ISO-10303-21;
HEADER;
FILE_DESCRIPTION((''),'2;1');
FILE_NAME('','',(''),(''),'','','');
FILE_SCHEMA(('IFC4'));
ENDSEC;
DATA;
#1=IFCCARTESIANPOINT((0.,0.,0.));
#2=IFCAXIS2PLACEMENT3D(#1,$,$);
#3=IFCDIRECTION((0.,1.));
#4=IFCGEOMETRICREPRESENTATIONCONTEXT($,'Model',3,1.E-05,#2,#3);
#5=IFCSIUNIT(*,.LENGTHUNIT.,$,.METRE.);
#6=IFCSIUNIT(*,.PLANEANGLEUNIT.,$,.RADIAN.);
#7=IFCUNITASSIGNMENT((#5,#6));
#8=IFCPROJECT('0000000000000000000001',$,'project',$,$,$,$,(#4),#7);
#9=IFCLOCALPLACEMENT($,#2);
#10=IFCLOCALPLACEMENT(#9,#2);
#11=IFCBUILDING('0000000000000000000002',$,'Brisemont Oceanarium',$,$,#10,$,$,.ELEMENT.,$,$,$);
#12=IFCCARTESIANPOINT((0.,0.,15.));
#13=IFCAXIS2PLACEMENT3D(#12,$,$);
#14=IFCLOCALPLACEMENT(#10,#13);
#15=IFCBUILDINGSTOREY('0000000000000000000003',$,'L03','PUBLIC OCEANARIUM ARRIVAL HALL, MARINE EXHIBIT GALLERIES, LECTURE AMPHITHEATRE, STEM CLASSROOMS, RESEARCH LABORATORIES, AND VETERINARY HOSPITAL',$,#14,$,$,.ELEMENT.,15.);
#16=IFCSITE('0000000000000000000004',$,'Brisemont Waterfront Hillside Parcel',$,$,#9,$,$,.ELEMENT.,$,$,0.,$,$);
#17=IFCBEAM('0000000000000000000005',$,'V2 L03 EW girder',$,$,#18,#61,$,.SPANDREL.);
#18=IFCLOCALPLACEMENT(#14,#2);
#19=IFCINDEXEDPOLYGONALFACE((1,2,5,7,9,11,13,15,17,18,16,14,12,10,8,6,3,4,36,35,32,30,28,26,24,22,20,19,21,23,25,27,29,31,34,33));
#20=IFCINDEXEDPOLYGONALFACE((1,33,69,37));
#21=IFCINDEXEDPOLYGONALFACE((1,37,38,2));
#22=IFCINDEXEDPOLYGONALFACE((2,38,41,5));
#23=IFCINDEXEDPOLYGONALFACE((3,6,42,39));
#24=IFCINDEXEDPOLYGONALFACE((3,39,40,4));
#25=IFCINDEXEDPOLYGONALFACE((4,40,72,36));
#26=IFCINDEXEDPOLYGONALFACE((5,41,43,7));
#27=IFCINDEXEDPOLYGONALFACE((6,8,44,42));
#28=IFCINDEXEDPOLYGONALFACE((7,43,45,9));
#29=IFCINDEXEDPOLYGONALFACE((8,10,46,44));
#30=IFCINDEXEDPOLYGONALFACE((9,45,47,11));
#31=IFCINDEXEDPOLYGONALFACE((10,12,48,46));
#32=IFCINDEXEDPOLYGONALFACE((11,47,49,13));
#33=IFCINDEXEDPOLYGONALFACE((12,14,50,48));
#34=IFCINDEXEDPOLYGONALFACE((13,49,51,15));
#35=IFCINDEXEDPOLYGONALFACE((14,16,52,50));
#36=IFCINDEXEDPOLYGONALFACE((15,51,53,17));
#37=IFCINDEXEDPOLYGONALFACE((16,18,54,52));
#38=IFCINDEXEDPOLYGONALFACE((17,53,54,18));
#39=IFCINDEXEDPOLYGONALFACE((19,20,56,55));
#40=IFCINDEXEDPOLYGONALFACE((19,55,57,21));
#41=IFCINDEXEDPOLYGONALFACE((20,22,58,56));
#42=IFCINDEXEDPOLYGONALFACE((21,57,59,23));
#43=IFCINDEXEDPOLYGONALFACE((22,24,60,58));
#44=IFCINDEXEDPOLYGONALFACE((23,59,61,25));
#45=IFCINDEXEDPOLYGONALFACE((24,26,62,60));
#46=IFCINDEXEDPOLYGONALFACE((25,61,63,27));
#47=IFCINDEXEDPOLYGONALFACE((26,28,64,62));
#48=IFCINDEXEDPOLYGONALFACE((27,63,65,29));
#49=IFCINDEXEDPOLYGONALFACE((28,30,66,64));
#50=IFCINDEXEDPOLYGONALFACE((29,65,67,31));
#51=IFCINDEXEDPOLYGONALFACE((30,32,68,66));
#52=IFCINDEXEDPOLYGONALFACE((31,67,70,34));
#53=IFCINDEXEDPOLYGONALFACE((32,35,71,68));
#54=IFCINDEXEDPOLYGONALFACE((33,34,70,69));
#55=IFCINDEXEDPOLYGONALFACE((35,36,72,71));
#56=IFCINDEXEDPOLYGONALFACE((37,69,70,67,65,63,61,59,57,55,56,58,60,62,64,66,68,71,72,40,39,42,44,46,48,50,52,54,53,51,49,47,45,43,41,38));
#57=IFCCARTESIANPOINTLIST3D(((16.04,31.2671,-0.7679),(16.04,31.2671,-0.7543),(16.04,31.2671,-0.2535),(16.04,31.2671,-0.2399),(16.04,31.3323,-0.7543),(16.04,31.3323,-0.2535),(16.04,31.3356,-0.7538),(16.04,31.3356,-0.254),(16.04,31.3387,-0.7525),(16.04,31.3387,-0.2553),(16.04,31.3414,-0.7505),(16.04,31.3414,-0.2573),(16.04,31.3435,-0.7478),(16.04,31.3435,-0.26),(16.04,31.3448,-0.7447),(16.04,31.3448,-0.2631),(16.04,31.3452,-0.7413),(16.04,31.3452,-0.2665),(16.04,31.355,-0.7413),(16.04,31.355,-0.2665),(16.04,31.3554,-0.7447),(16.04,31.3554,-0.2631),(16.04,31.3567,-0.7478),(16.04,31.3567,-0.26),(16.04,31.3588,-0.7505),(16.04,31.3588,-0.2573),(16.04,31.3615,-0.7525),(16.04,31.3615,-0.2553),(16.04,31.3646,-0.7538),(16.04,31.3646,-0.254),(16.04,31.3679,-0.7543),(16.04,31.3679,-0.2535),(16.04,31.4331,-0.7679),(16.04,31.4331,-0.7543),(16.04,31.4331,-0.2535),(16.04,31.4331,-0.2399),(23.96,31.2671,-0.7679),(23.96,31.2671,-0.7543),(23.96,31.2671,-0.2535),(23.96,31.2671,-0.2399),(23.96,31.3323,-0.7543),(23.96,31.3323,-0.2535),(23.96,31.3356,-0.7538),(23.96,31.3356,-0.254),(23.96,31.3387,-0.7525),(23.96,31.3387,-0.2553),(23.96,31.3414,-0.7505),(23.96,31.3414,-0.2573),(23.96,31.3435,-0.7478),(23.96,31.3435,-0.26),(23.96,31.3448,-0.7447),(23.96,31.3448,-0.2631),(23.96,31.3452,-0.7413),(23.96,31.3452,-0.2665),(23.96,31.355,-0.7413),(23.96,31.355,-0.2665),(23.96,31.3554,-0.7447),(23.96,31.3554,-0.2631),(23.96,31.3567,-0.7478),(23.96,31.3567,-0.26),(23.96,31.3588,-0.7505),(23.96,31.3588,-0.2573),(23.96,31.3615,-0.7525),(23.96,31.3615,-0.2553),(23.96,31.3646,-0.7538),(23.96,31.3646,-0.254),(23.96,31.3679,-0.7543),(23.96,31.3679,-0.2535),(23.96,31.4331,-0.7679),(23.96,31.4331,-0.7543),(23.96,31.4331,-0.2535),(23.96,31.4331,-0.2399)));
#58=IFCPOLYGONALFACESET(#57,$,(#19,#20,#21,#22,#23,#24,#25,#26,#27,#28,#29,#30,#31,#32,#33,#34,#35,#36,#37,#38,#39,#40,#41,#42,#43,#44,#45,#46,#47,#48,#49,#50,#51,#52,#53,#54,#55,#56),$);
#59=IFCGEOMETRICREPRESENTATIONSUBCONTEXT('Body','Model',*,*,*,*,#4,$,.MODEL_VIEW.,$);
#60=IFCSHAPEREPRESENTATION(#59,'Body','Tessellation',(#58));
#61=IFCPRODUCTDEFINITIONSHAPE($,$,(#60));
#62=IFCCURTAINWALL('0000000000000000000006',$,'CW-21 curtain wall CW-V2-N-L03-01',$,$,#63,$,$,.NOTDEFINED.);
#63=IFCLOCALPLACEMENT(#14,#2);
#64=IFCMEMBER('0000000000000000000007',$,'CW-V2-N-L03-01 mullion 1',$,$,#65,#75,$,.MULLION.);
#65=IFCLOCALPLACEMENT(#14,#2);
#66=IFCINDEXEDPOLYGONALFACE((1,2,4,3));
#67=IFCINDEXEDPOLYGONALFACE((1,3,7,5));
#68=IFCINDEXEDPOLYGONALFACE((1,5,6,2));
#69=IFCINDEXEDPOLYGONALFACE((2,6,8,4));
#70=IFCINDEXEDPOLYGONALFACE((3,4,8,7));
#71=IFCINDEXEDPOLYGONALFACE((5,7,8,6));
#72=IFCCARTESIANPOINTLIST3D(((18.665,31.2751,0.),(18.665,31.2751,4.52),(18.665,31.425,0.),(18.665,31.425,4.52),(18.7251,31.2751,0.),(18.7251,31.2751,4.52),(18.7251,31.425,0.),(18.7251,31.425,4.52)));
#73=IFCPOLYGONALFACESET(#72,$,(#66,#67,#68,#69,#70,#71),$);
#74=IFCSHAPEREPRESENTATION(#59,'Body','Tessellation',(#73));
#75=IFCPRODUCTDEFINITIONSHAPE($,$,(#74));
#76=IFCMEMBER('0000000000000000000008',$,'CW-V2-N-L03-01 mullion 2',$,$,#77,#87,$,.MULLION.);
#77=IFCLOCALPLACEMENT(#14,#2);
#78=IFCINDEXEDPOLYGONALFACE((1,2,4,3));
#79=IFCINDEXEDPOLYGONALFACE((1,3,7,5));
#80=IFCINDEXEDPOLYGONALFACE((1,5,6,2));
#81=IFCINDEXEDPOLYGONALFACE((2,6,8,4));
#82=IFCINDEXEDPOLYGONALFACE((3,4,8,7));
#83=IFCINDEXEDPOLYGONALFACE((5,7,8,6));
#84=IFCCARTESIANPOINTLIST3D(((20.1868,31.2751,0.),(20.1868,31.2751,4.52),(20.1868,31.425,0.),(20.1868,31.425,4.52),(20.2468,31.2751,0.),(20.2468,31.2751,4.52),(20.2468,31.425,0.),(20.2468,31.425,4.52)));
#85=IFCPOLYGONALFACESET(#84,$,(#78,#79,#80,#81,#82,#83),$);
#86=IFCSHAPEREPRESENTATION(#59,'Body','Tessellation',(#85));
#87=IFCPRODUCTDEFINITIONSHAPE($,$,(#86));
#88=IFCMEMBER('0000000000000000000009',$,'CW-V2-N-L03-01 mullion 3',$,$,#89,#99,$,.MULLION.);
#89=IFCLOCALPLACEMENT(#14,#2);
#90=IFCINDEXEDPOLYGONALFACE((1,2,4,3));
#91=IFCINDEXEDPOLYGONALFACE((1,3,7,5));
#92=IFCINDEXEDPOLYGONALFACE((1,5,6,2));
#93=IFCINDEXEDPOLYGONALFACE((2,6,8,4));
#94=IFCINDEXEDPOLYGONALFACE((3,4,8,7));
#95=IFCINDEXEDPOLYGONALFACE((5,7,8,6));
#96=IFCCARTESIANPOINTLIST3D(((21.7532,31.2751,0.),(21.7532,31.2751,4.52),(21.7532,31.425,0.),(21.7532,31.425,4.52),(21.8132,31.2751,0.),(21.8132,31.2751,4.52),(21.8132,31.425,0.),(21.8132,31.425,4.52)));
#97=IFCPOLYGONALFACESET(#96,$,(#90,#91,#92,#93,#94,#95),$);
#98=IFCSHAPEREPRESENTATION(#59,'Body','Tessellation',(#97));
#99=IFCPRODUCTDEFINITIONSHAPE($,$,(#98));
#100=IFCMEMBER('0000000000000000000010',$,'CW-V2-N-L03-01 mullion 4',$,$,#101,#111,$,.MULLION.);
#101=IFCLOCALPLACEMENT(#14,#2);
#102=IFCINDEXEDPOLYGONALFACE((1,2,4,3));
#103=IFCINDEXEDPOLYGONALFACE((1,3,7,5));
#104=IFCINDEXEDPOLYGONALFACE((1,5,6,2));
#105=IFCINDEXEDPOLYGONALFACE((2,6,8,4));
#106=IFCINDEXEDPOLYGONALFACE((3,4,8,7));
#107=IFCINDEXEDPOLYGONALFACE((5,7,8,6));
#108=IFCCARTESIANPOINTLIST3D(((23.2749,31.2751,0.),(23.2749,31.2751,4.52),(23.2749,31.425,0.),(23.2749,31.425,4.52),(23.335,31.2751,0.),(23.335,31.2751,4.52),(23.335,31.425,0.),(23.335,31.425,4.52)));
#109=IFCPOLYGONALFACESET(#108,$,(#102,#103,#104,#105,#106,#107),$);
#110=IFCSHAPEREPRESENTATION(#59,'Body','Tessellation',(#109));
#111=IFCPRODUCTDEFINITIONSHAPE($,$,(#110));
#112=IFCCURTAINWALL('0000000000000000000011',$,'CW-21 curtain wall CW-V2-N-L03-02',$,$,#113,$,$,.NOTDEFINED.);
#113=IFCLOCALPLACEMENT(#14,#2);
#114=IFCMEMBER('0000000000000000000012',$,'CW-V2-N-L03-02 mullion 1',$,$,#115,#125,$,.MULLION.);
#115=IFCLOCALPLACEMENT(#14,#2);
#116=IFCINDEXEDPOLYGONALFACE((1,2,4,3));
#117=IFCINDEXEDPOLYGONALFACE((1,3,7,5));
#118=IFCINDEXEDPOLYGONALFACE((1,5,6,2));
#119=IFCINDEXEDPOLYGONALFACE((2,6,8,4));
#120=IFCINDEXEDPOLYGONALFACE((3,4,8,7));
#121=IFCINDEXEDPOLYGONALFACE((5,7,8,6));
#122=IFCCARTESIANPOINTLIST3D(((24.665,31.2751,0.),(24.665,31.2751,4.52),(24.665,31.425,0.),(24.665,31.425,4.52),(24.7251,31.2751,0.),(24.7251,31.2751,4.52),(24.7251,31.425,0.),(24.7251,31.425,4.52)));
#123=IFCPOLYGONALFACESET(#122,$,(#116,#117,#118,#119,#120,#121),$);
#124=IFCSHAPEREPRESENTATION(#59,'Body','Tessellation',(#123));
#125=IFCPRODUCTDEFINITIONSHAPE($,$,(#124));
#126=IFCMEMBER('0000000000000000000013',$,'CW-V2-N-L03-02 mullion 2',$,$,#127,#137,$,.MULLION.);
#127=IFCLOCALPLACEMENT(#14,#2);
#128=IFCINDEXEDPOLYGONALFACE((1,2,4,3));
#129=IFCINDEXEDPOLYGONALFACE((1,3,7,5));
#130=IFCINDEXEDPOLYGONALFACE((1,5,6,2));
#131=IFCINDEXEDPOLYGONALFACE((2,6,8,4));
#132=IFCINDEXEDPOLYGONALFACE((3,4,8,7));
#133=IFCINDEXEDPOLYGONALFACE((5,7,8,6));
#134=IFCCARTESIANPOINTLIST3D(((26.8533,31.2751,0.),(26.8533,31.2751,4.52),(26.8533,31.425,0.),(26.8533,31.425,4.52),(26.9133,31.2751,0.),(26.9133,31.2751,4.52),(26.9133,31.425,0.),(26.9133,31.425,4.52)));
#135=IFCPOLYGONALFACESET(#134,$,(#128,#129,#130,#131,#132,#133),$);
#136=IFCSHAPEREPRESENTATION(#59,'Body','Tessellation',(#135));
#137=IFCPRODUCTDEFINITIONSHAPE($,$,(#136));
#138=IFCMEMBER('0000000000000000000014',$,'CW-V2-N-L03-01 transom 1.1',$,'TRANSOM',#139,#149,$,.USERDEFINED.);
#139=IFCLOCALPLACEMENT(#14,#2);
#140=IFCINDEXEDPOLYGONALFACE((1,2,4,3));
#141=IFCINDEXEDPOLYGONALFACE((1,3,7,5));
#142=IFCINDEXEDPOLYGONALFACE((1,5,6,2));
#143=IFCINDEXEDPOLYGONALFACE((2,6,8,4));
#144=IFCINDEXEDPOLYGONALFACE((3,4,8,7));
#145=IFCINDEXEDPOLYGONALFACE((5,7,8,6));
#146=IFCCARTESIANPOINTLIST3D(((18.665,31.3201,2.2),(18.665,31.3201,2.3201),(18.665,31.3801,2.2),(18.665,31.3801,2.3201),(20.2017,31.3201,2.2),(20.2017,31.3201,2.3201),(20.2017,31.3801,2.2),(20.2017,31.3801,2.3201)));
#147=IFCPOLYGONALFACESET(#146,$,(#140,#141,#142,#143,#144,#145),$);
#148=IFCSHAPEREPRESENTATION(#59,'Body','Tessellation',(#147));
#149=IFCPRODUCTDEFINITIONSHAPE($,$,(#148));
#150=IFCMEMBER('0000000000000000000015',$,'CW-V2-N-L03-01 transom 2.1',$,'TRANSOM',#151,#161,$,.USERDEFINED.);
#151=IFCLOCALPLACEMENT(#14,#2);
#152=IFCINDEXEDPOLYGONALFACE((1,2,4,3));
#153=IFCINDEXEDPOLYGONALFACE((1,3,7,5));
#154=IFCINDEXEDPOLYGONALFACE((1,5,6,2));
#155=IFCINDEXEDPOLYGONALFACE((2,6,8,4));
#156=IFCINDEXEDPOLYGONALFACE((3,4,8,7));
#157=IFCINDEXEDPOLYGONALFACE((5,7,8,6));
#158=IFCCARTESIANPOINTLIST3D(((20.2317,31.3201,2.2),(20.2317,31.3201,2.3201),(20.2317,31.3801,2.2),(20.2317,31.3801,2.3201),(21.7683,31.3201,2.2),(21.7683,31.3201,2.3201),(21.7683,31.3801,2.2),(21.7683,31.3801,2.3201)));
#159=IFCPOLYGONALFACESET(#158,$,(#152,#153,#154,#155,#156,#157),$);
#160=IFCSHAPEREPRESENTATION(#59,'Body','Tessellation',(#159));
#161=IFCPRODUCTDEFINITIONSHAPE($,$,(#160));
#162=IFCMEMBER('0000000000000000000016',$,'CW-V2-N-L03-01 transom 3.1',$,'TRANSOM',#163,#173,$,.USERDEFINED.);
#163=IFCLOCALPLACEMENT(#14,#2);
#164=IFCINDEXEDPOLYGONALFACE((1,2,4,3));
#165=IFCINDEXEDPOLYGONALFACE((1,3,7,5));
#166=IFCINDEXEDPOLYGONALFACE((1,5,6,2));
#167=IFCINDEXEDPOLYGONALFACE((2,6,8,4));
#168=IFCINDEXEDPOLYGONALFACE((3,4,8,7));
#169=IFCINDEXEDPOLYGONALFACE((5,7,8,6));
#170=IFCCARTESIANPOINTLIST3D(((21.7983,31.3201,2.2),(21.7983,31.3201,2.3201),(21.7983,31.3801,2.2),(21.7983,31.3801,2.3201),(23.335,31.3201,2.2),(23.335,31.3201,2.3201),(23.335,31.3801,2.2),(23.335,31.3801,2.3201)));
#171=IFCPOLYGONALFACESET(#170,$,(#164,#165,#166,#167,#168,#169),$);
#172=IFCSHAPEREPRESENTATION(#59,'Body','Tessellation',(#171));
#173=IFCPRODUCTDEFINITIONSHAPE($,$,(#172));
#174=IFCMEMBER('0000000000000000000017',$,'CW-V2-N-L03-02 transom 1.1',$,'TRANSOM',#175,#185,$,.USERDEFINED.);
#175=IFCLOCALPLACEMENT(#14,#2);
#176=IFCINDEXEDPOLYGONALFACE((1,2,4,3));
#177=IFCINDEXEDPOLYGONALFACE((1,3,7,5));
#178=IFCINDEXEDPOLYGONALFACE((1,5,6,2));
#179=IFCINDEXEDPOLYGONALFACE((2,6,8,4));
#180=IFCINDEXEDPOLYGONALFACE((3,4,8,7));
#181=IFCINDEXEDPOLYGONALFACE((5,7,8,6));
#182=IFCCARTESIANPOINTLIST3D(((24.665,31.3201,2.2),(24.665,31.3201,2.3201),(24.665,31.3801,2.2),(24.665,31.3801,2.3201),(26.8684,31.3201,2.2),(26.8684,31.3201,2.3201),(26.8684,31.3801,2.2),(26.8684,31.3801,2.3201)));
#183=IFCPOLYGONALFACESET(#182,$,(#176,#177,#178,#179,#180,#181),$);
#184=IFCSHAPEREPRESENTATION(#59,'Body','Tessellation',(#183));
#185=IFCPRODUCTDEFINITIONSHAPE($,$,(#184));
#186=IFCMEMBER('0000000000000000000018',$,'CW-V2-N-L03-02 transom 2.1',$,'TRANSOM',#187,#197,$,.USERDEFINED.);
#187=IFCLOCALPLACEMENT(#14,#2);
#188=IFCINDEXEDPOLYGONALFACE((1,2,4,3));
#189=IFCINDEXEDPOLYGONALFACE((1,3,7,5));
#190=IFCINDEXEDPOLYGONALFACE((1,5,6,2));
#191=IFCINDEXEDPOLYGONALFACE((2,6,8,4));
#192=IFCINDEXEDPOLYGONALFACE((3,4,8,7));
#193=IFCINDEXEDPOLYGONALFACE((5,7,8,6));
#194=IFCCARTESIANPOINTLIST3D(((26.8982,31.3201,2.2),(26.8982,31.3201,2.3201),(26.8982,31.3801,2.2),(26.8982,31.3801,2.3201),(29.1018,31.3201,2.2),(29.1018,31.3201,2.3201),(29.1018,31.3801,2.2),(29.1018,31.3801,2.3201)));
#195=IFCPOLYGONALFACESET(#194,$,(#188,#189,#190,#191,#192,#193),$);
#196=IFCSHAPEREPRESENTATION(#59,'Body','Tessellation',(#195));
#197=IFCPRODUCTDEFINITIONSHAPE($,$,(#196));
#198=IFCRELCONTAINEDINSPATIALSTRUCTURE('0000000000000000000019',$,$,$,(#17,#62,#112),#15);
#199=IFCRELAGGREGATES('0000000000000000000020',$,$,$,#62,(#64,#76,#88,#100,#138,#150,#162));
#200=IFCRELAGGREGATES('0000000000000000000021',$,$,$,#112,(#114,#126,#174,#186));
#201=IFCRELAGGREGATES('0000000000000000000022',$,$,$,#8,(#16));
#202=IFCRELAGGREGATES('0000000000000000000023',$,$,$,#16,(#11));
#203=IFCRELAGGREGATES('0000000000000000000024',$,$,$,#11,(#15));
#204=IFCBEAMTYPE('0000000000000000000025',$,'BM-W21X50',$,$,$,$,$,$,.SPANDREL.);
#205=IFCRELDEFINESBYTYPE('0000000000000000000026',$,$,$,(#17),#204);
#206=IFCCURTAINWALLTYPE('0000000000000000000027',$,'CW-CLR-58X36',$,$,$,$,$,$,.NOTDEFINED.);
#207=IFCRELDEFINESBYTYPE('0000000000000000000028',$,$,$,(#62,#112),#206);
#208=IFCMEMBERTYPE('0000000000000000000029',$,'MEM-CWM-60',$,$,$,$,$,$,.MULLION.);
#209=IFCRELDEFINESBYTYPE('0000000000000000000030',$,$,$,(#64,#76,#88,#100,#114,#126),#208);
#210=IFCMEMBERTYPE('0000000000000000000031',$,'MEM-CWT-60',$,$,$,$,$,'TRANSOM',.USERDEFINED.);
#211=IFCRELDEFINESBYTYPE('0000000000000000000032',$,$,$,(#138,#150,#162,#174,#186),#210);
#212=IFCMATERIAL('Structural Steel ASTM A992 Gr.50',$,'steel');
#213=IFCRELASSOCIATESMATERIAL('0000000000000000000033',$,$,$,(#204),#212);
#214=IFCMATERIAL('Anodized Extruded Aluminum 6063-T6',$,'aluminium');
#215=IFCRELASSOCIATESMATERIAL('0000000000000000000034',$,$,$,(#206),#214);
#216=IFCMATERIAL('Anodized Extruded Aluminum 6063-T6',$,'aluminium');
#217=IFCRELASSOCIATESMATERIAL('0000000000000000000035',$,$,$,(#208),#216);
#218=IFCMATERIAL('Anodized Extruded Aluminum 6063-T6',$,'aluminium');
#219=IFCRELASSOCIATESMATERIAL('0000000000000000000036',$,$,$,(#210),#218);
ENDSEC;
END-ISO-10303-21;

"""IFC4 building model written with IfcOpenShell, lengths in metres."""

from ifc_helpers import new_model, si_unit, direction, frame, origin, origin_2d, place, context, subcontext, project, spatial, rectangle, i_section, extrude, material, material_profile, profile_set, type_object, element, aggregate, save


model = new_model("IFC4")

# Units and contexts
model_context = context("Model", 3, precision=1e-05, world=origin(), true_north=direction((0.0, 1.0)))
body_context = subcontext(model_context, "Body", "Model", "MODEL_VIEW")
ifc_project = project(units=[si_unit("LENGTHUNIT", "METRE"), si_unit("PLANEANGLEUNIT", "RADIAN")], contexts=[model_context])

# Site, building, storey
site_placement = place(None, origin())
site = spatial("IfcSite", under=ifc_project, at=site_placement, Name="Brisemont Waterfront Hillside Parcel", CompositionType="ELEMENT", RefElevation=0.0)
building_placement = place(site_placement, origin())
building = spatial("IfcBuilding", under=site, at=building_placement, Name="Brisemont Oceanarium", CompositionType="ELEMENT")
storey_placement = place(building_placement, frame((0.0, 0.0, 15.0)))
storey = spatial("IfcBuildingStorey", under=building, at=storey_placement, Name="L03", Description="PUBLIC OCEANARIUM ARRIVAL HALL, MARINE EXHIBIT GALLERIES, LECTURE AMPHITHEATRE, STEM CLASSROOMS, RESEARCH LABORATORIES, AND VETERINARY HOSPITAL", CompositionType="ELEMENT", Elevation=15.0)

# Beam
ifc_material_1 = material(Name="Structural Steel ASTM A992 Gr.50", Category="steel")
ifc_material_profile_1 = material_profile(ifc_material_1, i_section(OverallWidth=0.166, OverallDepth=0.5281, WebThickness=0.0098, FlangeThickness=0.0137, FilletRadius=0.0129, at=origin_2d()), Name="W21X50")
ifc_profile_set_1 = profile_set([ifc_material_profile_1], Name="Structural Steel ASTM A992 Gr.50")
beam_type_1 = type_object("IfcBeamType", Name="BM-W21X50", PredefinedType="SPANDREL", material=ifc_profile_set_1)
beam_1_placement = place(storey_placement, frame((16.04, 31.3501, -0.5039), z_axis=(1.0, 0.0, 0.0), x_axis=(0.0, 1.0, 0.0)))
element("IfcBeam", 1, at=beam_1_placement, inside=storey, type_object=beam_type_1, Name="V2 L03 EW girder", PredefinedType="SPANDREL", context=body_context, shape_type="SweptSolid", body=[
    extrude(i_section(OverallWidth=0.166, OverallDepth=0.5281, WebThickness=0.0098, FlangeThickness=0.0137, FilletRadius=0.0129, at=origin_2d()), origin(), (0.0, 0.0, 1.0), 7.9199),
])

# Curtain walls, members
ifc_material_2 = material(Name="Anodized Extruded Aluminum 6063-T6", Category="aluminium")
curtain_wall_type = type_object("IfcCurtainWallType", Name="CW-CLR-58X36", PredefinedType="NOTDEFINED", material=ifc_material_2)
curtain_wall_1_placement = place(storey_placement, origin())
curtain_wall_1 = element("IfcCurtainWall", 2, at=curtain_wall_1_placement, inside=storey, type_object=curtain_wall_type, Name="CW-21 curtain wall CW-V2-N-L03-01", PredefinedType="NOTDEFINED")
ifc_material_3 = material(Name="Anodized Extruded Aluminum 6063-T6", Category="aluminium")
ifc_material_profile_2 = material_profile(ifc_material_3, rectangle(XDim=0.0601, YDim=0.1499, at=origin_2d()), Name="CWM-60X150")
ifc_profile_set_2 = profile_set([ifc_material_profile_2], Name="Anodized Extruded Aluminum 6063-T6")
member_type_1 = type_object("IfcMemberType", Name="MEM-CWM-60", PredefinedType="MULLION", material=ifc_profile_set_2)
member_1_placement = place(storey_placement, frame((18.6951, 31.3501, 0.0), z_axis=(0.0, 0.0, 1.0), x_axis=(1.0, 0.0, 0.0)))
member_1 = element("IfcMember", 3, at=member_1_placement, type_object=member_type_1, Name="CW-V2-N-L03-01 mullion 1", PredefinedType="MULLION", context=body_context, shape_type="SweptSolid", body=[
    extrude(rectangle(XDim=0.0601, YDim=0.1499, at=origin_2d()), origin(), (0.0, 0.0, 1.0), 4.52),
])
member_2_placement = place(storey_placement, frame((20.2168, 31.3501, 0.0), z_axis=(0.0, 0.0, 1.0), x_axis=(1.0, 0.0, 0.0)))
member_2 = element("IfcMember", 4, at=member_2_placement, type_object=member_type_1, Name="CW-V2-N-L03-01 mullion 2", PredefinedType="MULLION", context=body_context, shape_type="SweptSolid", body=[
    extrude(rectangle(XDim=0.0601, YDim=0.1499, at=origin_2d()), origin(), (0.0, 0.0, 1.0), 4.52),
])
member_3_placement = place(storey_placement, frame((21.7832, 31.3501, 0.0), z_axis=(0.0, 0.0, 1.0), x_axis=(1.0, 0.0, 0.0)))
member_3 = element("IfcMember", 5, at=member_3_placement, type_object=member_type_1, Name="CW-V2-N-L03-01 mullion 3", PredefinedType="MULLION", context=body_context, shape_type="SweptSolid", body=[
    extrude(rectangle(XDim=0.0601, YDim=0.1499, at=origin_2d()), origin(), (0.0, 0.0, 1.0), 4.52),
])
member_4_placement = place(storey_placement, frame((23.3049, 31.3501, 0.0), z_axis=(0.0, 0.0, 1.0), x_axis=(1.0, 0.0, 0.0)))
member_4 = element("IfcMember", 6, at=member_4_placement, type_object=member_type_1, Name="CW-V2-N-L03-01 mullion 4", PredefinedType="MULLION", context=body_context, shape_type="SweptSolid", body=[
    extrude(rectangle(XDim=0.0601, YDim=0.1499, at=origin_2d()), origin(), (0.0, 0.0, 1.0), 4.52),
])
curtain_wall_2_placement = place(storey_placement, origin())
curtain_wall_2 = element("IfcCurtainWall", 7, at=curtain_wall_2_placement, inside=storey, type_object=curtain_wall_type, Name="CW-21 curtain wall CW-V2-N-L03-02", PredefinedType="NOTDEFINED")
member_5_placement = place(storey_placement, frame((24.6951, 31.3501, 0.0), z_axis=(0.0, 0.0, 1.0), x_axis=(1.0, 0.0, 0.0)))
member_5 = element("IfcMember", 8, at=member_5_placement, type_object=member_type_1, Name="CW-V2-N-L03-02 mullion 1", PredefinedType="MULLION", context=body_context, shape_type="SweptSolid", body=[
    extrude(rectangle(XDim=0.0601, YDim=0.1499, at=origin_2d()), origin(), (0.0, 0.0, 1.0), 4.52),
])
member_6_placement = place(storey_placement, frame((26.8833, 31.3501, 0.0), z_axis=(0.0, 0.0, 1.0), x_axis=(1.0, 0.0, 0.0)))
member_6 = element("IfcMember", 9, at=member_6_placement, type_object=member_type_1, Name="CW-V2-N-L03-02 mullion 2", PredefinedType="MULLION", context=body_context, shape_type="SweptSolid", body=[
    extrude(rectangle(XDim=0.0601, YDim=0.1499, at=origin_2d()), origin(), (0.0, 0.0, 1.0), 4.52),
])

# Members
ifc_material_4 = material(Name="Anodized Extruded Aluminum 6063-T6", Category="aluminium")
ifc_material_profile_3 = material_profile(ifc_material_4, rectangle(XDim=0.0601, YDim=0.1201, at=origin_2d()), Name="CWT-60X120")
ifc_profile_set_3 = profile_set([ifc_material_profile_3], Name="Anodized Extruded Aluminum 6063-T6")
member_type_2 = type_object("IfcMemberType", Name="MEM-CWT-60", ElementType="TRANSOM", PredefinedType="USERDEFINED", material=ifc_profile_set_3)
member_7_placement = place(storey_placement, frame((18.665, 31.3501, 2.26), z_axis=(1.0, 0.0, 0.0), x_axis=(0.0, 1.0, 0.0)))
member_7 = element("IfcMember", 10, at=member_7_placement, type_object=member_type_2, Name="CW-V2-N-L03-01 transom 1.1", ObjectType="TRANSOM", PredefinedType="USERDEFINED", context=body_context, shape_type="SweptSolid", body=[
    extrude(rectangle(XDim=0.0601, YDim=0.1201, at=origin_2d()), origin(), (0.0, 0.0, 1.0), 1.5366),
])
member_8_placement = place(storey_placement, frame((20.2317, 31.3501, 2.26), z_axis=(1.0, 0.0, 0.0), x_axis=(0.0, 1.0, 0.0)))
member_8 = element("IfcMember", 11, at=member_8_placement, type_object=member_type_2, Name="CW-V2-N-L03-01 transom 2.1", ObjectType="TRANSOM", PredefinedType="USERDEFINED", context=body_context, shape_type="SweptSolid", body=[
    extrude(rectangle(XDim=0.0601, YDim=0.1201, at=origin_2d()), origin(), (0.0, 0.0, 1.0), 1.5366),
])
member_9_placement = place(storey_placement, frame((21.7983, 31.3501, 2.26), z_axis=(1.0, 0.0, 0.0), x_axis=(0.0, 1.0, 0.0)))
member_9 = element("IfcMember", 12, at=member_9_placement, type_object=member_type_2, Name="CW-V2-N-L03-01 transom 3.1", ObjectType="TRANSOM", PredefinedType="USERDEFINED", context=body_context, shape_type="SweptSolid", body=[
    extrude(rectangle(XDim=0.0601, YDim=0.1201, at=origin_2d()), origin(), (0.0, 0.0, 1.0), 1.5366),
])
member_10_placement = place(storey_placement, frame((24.665, 31.3501, 2.26), z_axis=(1.0, 0.0, 0.0), x_axis=(0.0, 1.0, 0.0)))
member_10 = element("IfcMember", 13, at=member_10_placement, type_object=member_type_2, Name="CW-V2-N-L03-02 transom 1.1", ObjectType="TRANSOM", PredefinedType="USERDEFINED", context=body_context, shape_type="SweptSolid", body=[
    extrude(rectangle(XDim=0.0601, YDim=0.1201, at=origin_2d()), origin(), (0.0, 0.0, 1.0), 2.2034),
])
member_11_placement = place(storey_placement, frame((26.8982, 31.3501, 2.26), z_axis=(1.0, 0.0, 0.0), x_axis=(0.0, 1.0, 0.0)))
member_11 = element("IfcMember", 14, at=member_11_placement, type_object=member_type_2, Name="CW-V2-N-L03-02 transom 2.1", ObjectType="TRANSOM", PredefinedType="USERDEFINED", context=body_context, shape_type="SweptSolid", body=[
    extrude(rectangle(XDim=0.0601, YDim=0.1201, at=origin_2d()), origin(), (0.0, 0.0, 1.0), 2.2036),
])

aggregate(curtain_wall_1, [member_1, member_2, member_3, member_4, member_7, member_8, member_9])
aggregate(curtain_wall_2, [member_5, member_6, member_10, member_11])

save(model, "model.ifc")
